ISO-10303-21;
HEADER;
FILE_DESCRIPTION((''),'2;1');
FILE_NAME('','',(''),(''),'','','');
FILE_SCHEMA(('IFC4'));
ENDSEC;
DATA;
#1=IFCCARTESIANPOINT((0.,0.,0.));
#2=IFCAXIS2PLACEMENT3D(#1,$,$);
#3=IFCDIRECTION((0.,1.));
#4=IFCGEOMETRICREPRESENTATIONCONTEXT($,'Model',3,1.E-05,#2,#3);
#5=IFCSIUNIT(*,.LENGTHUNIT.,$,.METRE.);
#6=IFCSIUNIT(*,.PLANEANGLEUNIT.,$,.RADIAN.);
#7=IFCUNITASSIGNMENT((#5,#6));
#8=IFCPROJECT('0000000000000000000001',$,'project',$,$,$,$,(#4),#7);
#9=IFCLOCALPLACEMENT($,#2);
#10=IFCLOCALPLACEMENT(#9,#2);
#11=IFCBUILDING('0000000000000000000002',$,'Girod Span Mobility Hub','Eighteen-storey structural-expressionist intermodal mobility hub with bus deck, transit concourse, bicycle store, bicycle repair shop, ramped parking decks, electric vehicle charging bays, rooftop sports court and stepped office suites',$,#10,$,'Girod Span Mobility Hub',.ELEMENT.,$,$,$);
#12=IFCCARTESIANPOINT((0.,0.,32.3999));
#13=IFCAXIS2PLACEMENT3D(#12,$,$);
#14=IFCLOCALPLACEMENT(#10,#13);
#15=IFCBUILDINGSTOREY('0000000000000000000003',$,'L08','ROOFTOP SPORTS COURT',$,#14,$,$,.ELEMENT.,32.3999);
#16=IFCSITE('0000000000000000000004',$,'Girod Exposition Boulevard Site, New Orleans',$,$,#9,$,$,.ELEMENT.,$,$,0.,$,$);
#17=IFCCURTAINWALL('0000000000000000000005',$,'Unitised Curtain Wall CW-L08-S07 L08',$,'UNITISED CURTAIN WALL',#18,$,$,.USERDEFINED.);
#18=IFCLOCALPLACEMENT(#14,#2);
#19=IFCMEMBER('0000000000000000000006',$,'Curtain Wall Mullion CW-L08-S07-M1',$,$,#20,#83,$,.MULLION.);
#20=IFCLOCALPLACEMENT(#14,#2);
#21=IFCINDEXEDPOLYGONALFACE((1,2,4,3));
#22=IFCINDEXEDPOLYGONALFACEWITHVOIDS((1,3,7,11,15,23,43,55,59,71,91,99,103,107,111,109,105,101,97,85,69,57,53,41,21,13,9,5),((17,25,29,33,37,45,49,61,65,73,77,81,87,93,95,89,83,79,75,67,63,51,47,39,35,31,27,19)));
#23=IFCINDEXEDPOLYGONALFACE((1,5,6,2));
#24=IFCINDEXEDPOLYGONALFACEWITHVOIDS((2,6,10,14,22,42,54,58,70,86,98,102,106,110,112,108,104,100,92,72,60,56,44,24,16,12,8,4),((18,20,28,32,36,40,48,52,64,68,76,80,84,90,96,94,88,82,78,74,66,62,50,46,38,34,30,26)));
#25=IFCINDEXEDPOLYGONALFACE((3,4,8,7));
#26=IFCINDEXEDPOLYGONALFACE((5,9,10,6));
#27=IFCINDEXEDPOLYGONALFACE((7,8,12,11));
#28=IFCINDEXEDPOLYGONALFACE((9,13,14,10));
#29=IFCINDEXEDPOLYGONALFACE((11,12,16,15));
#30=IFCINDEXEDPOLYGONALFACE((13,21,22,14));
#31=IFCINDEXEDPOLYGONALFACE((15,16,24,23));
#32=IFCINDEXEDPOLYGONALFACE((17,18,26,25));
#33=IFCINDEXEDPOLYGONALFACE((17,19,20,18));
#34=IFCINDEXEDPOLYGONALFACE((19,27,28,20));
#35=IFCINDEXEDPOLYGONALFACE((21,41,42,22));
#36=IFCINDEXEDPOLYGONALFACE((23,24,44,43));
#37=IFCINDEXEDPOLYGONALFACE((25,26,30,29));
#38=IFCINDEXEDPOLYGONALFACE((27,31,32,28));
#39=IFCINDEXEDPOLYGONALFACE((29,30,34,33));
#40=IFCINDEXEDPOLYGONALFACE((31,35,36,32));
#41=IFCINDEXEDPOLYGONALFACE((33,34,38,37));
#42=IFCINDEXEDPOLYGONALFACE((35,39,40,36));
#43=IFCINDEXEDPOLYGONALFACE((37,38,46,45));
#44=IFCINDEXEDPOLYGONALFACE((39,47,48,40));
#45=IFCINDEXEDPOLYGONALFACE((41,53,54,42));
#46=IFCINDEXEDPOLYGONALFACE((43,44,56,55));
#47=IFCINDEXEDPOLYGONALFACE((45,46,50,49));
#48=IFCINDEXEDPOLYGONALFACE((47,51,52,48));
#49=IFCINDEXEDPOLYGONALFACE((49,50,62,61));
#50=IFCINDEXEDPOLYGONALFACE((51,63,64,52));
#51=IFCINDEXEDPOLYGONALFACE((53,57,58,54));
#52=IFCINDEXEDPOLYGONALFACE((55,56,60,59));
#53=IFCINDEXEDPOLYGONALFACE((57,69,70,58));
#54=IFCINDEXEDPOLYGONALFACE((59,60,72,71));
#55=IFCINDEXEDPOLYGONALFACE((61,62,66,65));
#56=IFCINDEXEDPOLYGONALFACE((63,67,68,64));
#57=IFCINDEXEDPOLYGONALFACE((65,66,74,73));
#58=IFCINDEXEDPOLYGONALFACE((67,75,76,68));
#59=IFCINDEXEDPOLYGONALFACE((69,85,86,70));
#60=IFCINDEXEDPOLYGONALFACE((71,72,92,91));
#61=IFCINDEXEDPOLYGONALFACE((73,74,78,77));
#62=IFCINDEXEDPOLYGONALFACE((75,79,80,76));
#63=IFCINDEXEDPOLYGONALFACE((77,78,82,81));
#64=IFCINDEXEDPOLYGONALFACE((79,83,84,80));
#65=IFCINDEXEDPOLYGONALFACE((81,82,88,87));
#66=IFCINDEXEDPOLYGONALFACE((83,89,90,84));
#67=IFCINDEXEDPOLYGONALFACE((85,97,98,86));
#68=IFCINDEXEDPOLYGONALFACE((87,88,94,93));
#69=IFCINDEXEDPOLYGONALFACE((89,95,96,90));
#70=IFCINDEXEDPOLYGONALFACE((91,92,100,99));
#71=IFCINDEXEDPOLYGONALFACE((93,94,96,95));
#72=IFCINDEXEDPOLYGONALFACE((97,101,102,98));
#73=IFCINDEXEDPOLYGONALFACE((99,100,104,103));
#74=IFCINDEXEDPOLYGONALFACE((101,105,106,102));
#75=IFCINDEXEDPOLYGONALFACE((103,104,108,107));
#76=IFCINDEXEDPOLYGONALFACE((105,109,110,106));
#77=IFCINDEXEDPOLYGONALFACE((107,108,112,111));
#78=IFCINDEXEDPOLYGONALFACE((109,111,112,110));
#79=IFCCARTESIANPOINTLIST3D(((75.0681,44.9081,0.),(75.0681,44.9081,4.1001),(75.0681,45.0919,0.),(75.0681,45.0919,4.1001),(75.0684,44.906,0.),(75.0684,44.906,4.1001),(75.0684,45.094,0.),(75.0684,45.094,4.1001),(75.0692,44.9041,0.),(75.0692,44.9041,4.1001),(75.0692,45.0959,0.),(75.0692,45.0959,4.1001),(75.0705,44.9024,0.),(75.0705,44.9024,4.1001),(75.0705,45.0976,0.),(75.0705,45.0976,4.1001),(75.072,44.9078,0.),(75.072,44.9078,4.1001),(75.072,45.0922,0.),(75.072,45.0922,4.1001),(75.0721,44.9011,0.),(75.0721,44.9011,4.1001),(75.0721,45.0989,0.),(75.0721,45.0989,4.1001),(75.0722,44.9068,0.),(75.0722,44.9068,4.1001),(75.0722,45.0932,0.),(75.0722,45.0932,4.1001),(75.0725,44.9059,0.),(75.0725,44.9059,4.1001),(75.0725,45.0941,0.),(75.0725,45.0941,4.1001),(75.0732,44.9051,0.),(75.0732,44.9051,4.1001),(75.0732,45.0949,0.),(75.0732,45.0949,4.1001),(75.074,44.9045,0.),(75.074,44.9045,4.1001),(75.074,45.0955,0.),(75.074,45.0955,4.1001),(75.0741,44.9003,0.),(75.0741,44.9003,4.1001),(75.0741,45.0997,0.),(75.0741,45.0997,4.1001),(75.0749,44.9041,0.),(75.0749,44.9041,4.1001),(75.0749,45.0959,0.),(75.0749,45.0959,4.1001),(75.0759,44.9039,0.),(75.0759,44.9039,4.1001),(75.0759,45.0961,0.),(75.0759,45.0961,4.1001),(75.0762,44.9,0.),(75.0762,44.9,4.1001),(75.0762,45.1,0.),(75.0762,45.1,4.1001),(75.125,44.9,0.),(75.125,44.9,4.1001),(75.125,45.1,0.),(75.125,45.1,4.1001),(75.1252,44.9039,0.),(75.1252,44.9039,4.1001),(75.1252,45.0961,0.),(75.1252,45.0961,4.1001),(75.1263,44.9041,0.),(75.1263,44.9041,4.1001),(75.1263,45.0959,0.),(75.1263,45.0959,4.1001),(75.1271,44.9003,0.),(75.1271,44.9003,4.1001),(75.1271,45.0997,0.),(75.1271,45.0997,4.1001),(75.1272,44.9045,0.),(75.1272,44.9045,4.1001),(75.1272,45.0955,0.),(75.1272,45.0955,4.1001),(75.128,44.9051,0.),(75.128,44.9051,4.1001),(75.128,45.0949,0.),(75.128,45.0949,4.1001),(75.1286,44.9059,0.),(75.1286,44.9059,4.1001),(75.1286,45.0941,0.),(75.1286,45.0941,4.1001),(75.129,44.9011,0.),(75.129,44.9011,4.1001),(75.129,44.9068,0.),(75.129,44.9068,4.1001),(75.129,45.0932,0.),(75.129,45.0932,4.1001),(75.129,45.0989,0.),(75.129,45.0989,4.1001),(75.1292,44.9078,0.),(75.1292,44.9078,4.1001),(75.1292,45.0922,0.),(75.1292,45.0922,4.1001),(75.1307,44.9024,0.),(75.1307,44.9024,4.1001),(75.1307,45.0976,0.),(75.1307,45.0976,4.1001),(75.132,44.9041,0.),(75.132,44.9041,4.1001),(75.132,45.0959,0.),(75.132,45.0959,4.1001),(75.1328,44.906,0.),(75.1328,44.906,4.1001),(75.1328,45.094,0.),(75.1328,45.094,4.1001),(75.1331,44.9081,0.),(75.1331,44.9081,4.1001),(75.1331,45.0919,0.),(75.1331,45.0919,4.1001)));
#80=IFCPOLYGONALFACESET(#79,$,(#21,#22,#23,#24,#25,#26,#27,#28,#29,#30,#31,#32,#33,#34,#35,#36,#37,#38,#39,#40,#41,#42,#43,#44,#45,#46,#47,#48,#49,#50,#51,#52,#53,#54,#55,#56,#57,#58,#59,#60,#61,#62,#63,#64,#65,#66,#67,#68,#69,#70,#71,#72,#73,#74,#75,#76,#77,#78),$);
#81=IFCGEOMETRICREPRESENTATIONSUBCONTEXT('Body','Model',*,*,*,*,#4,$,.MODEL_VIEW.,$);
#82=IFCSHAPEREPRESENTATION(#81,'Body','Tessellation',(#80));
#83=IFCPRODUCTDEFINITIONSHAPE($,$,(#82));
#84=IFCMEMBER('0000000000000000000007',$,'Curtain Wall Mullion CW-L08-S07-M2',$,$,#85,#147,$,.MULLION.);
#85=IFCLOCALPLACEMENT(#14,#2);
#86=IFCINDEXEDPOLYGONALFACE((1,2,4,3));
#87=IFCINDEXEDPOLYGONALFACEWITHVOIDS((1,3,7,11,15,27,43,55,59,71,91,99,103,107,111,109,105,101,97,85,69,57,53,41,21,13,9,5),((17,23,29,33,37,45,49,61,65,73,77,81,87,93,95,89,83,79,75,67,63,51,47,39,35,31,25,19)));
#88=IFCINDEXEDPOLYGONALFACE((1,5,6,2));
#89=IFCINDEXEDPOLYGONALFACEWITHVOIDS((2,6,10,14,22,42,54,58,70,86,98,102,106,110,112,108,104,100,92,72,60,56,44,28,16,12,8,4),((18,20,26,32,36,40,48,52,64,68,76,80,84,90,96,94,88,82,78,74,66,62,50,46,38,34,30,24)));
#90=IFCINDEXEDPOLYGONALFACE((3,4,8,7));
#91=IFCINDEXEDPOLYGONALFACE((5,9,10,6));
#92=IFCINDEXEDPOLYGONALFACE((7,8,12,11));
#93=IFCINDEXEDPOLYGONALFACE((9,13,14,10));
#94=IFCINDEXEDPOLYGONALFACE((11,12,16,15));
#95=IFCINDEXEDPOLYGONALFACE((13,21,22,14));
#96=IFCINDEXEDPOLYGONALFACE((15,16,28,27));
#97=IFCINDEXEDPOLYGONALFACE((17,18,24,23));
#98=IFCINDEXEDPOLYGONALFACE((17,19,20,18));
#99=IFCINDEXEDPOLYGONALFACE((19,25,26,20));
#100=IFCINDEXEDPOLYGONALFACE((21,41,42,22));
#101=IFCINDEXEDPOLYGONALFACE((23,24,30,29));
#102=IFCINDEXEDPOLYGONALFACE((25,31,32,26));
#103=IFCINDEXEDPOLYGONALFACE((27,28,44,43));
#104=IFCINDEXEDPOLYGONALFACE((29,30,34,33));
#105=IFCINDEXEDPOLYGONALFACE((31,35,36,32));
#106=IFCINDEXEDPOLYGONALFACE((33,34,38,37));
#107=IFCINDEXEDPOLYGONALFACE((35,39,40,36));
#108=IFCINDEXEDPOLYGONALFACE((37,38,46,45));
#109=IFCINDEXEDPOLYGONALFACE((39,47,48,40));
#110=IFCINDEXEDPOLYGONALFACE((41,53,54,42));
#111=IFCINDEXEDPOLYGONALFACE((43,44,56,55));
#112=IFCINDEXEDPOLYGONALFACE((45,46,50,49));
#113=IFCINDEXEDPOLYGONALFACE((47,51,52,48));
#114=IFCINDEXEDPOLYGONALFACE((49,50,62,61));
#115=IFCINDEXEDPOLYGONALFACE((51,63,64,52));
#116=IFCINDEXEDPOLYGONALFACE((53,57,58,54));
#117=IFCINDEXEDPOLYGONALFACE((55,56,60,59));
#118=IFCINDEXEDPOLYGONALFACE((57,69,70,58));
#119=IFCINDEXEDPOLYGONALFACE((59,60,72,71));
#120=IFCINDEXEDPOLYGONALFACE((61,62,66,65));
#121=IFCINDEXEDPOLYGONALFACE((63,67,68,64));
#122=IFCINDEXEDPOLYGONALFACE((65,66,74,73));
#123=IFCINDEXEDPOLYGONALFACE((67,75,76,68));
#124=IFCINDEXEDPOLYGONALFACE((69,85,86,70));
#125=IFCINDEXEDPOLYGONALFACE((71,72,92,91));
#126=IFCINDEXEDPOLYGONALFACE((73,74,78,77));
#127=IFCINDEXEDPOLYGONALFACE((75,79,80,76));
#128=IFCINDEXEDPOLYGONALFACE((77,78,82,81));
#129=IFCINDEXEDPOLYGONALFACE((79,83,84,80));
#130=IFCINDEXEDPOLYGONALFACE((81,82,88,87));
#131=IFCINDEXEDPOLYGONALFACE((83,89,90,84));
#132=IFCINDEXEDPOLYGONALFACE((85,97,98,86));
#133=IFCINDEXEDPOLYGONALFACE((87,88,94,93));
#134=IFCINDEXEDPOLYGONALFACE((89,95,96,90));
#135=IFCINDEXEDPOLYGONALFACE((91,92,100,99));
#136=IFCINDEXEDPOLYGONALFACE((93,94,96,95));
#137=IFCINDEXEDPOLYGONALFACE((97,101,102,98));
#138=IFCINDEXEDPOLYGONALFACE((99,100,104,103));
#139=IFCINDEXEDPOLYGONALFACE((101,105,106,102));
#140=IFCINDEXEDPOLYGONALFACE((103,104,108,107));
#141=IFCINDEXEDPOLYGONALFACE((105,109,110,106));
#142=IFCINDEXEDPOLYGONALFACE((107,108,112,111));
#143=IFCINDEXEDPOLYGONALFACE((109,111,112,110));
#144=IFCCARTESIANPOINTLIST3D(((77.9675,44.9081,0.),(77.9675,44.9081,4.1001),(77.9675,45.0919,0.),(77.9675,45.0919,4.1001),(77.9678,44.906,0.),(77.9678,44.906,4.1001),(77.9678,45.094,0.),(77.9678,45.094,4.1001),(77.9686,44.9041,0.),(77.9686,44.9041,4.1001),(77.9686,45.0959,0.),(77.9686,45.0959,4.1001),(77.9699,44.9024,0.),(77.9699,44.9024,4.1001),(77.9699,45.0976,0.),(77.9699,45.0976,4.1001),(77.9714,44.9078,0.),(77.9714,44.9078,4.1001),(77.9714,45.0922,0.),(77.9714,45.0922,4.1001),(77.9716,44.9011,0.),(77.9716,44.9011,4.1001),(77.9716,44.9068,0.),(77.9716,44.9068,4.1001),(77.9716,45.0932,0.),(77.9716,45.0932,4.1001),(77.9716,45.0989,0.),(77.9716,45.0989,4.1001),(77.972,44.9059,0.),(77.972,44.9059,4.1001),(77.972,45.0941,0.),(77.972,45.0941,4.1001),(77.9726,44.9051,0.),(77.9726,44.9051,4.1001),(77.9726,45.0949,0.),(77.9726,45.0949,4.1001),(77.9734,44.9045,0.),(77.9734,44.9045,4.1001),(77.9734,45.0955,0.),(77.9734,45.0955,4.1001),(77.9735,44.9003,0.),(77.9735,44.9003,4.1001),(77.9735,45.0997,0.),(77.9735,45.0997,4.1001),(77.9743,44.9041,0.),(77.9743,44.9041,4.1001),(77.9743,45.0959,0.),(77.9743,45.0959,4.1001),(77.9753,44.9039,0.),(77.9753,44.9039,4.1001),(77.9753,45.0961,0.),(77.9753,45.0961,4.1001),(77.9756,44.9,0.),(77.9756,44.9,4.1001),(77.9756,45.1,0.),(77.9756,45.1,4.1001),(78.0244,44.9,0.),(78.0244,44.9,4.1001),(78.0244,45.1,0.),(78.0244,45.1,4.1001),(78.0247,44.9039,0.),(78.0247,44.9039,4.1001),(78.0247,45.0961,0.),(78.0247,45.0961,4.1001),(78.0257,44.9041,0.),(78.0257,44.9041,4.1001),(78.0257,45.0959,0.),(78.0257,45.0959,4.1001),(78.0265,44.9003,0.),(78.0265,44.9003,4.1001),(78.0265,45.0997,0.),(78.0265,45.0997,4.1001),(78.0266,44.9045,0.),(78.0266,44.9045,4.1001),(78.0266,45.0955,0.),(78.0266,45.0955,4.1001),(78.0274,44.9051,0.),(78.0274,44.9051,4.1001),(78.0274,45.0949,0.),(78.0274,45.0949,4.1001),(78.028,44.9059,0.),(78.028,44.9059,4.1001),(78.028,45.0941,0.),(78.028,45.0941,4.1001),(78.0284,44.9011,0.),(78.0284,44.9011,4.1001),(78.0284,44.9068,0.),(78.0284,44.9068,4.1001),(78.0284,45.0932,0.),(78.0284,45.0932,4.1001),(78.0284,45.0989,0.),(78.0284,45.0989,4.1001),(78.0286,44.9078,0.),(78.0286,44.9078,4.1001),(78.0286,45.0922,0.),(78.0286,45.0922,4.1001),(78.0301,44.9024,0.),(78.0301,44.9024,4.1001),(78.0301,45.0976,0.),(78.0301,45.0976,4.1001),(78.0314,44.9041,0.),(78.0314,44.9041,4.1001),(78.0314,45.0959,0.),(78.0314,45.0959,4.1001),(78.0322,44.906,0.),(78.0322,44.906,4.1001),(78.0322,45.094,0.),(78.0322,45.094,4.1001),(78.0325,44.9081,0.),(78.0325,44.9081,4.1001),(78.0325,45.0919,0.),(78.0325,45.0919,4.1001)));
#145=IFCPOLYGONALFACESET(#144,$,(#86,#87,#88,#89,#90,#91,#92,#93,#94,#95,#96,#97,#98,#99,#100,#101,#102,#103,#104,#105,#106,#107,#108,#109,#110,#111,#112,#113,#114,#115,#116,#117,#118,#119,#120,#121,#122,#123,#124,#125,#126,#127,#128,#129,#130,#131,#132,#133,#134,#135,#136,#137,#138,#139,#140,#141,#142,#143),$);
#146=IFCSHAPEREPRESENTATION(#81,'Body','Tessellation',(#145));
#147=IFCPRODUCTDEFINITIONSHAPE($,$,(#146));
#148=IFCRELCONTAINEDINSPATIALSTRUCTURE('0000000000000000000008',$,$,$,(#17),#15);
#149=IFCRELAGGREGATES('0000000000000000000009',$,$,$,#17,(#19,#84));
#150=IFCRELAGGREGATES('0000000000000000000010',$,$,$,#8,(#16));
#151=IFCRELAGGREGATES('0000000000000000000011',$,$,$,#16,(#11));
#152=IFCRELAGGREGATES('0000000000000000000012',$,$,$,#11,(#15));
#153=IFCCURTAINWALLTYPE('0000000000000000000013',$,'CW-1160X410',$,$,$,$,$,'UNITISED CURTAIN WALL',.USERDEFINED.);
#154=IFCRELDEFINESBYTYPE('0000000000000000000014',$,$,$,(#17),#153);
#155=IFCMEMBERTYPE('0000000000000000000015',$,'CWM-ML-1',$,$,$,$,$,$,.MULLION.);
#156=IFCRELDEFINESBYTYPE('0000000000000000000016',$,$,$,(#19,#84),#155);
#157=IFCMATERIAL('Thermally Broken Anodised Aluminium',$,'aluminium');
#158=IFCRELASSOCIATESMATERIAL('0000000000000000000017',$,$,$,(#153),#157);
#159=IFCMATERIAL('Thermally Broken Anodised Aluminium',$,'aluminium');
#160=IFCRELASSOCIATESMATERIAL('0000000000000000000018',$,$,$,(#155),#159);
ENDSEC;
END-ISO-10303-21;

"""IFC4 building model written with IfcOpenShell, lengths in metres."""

from ifc_helpers import new_model, si_unit, direction, frame, origin, origin_2d, place, context, subcontext, project, spatial, hollow_rectangle, extrude, material, material_profile, profile_set, type_object, element, aggregate, save


model = new_model("IFC4")

# Units and contexts
model_context = context("Model", 3, precision=1e-05, world=origin(), true_north=direction((0.0, 1.0)))
body_context = subcontext(model_context, "Body", "Model", "MODEL_VIEW")
ifc_project = project(units=[si_unit("LENGTHUNIT", "METRE"), si_unit("PLANEANGLEUNIT", "RADIAN")], contexts=[model_context])

# Site, building, storey
site_placement = place(None, origin())
site = spatial("IfcSite", under=ifc_project, at=site_placement, Name="Girod Exposition Boulevard Site, New Orleans", CompositionType="ELEMENT", RefElevation=0.0)
building_placement = place(site_placement, origin())
building = spatial("IfcBuilding", under=site, at=building_placement, Name="Girod Span Mobility Hub", Description="Eighteen-storey structural-expressionist intermodal mobility hub with bus deck, transit concourse, bicycle store, bicycle repair shop, ramped parking decks, electric vehicle charging bays, rooftop sports court and stepped office suites", LongName="Girod Span Mobility Hub", CompositionType="ELEMENT")
storey_placement = place(building_placement, frame((0.0, 0.0, 32.3999)))
storey = spatial("IfcBuildingStorey", under=building, at=storey_placement, Name="L08", Description="ROOFTOP SPORTS COURT", CompositionType="ELEMENT", Elevation=32.3999)

# Shared definitions
ifc_material_1 = material(Name="Thermally Broken Anodised Aluminium", Category="aluminium")
curtain_wall_type = type_object("IfcCurtainWallType", Name="CW-1160X410", ElementType="UNITISED CURTAIN WALL", PredefinedType="USERDEFINED", material=ifc_material_1)
ifc_material_2 = material(Name="Thermally Broken Anodised Aluminium", Category="aluminium")
ifc_material_profile_1 = material_profile(ifc_material_2, hollow_rectangle(XDim=0.2, YDim=0.0649, WallThickness=0.0039, InnerFilletRadius=0.0039, OuterFilletRadius=0.0081, at=origin_2d()), Name="CW-ML-65X200")
ifc_profile_set_1 = profile_set([ifc_material_profile_1], Name="Thermally Broken Anodised Aluminium")
member_type_1 = type_object("IfcMemberType", Name="CWM-ML-1", PredefinedType="MULLION", material=ifc_profile_set_1)

# Curtain wall, members
curtain_wall_1_placement = place(storey_placement, origin())
curtain_wall_1 = element("IfcCurtainWall", 1, at=curtain_wall_1_placement, inside=storey, type_object=curtain_wall_type, Name="Unitised Curtain Wall CW-L08-S07 L08", ObjectType="UNITISED CURTAIN WALL", PredefinedType="USERDEFINED")
member_1_placement = place(storey_placement, frame((75.1006, 45.0, 0.0), z_axis=(0.0, 0.0, 1.0), x_axis=(0.0, 1.0, 0.0)))
member_1 = element("IfcMember", 2, at=member_1_placement, type_object=member_type_1, Name="Curtain Wall Mullion CW-L08-S07-M1", PredefinedType="MULLION", context=body_context, shape_type="SweptSolid", body=[
    extrude(hollow_rectangle(XDim=0.2, YDim=0.0649, WallThickness=0.0039, InnerFilletRadius=0.0039, OuterFilletRadius=0.0081, at=origin_2d()), origin(), (0.0, 0.0, 1.0), 4.1001),
])
member_2_placement = place(storey_placement, frame((78.0, 45.0, 0.0), z_axis=(0.0, 0.0, 1.0), x_axis=(0.0, 1.0, 0.0)))
member_2 = element("IfcMember", 3, at=member_2_placement, type_object=member_type_1, Name="Curtain Wall Mullion CW-L08-S07-M2", PredefinedType="MULLION", context=body_context, shape_type="SweptSolid", body=[
    extrude(hollow_rectangle(XDim=0.2, YDim=0.0649, WallThickness=0.0039, InnerFilletRadius=0.0039, OuterFilletRadius=0.0081, at=origin_2d()), origin(), (0.0, 0.0, 1.0), 4.1001),
])

aggregate(curtain_wall_1, [member_1, member_2])

save(model, "model.ifc")
